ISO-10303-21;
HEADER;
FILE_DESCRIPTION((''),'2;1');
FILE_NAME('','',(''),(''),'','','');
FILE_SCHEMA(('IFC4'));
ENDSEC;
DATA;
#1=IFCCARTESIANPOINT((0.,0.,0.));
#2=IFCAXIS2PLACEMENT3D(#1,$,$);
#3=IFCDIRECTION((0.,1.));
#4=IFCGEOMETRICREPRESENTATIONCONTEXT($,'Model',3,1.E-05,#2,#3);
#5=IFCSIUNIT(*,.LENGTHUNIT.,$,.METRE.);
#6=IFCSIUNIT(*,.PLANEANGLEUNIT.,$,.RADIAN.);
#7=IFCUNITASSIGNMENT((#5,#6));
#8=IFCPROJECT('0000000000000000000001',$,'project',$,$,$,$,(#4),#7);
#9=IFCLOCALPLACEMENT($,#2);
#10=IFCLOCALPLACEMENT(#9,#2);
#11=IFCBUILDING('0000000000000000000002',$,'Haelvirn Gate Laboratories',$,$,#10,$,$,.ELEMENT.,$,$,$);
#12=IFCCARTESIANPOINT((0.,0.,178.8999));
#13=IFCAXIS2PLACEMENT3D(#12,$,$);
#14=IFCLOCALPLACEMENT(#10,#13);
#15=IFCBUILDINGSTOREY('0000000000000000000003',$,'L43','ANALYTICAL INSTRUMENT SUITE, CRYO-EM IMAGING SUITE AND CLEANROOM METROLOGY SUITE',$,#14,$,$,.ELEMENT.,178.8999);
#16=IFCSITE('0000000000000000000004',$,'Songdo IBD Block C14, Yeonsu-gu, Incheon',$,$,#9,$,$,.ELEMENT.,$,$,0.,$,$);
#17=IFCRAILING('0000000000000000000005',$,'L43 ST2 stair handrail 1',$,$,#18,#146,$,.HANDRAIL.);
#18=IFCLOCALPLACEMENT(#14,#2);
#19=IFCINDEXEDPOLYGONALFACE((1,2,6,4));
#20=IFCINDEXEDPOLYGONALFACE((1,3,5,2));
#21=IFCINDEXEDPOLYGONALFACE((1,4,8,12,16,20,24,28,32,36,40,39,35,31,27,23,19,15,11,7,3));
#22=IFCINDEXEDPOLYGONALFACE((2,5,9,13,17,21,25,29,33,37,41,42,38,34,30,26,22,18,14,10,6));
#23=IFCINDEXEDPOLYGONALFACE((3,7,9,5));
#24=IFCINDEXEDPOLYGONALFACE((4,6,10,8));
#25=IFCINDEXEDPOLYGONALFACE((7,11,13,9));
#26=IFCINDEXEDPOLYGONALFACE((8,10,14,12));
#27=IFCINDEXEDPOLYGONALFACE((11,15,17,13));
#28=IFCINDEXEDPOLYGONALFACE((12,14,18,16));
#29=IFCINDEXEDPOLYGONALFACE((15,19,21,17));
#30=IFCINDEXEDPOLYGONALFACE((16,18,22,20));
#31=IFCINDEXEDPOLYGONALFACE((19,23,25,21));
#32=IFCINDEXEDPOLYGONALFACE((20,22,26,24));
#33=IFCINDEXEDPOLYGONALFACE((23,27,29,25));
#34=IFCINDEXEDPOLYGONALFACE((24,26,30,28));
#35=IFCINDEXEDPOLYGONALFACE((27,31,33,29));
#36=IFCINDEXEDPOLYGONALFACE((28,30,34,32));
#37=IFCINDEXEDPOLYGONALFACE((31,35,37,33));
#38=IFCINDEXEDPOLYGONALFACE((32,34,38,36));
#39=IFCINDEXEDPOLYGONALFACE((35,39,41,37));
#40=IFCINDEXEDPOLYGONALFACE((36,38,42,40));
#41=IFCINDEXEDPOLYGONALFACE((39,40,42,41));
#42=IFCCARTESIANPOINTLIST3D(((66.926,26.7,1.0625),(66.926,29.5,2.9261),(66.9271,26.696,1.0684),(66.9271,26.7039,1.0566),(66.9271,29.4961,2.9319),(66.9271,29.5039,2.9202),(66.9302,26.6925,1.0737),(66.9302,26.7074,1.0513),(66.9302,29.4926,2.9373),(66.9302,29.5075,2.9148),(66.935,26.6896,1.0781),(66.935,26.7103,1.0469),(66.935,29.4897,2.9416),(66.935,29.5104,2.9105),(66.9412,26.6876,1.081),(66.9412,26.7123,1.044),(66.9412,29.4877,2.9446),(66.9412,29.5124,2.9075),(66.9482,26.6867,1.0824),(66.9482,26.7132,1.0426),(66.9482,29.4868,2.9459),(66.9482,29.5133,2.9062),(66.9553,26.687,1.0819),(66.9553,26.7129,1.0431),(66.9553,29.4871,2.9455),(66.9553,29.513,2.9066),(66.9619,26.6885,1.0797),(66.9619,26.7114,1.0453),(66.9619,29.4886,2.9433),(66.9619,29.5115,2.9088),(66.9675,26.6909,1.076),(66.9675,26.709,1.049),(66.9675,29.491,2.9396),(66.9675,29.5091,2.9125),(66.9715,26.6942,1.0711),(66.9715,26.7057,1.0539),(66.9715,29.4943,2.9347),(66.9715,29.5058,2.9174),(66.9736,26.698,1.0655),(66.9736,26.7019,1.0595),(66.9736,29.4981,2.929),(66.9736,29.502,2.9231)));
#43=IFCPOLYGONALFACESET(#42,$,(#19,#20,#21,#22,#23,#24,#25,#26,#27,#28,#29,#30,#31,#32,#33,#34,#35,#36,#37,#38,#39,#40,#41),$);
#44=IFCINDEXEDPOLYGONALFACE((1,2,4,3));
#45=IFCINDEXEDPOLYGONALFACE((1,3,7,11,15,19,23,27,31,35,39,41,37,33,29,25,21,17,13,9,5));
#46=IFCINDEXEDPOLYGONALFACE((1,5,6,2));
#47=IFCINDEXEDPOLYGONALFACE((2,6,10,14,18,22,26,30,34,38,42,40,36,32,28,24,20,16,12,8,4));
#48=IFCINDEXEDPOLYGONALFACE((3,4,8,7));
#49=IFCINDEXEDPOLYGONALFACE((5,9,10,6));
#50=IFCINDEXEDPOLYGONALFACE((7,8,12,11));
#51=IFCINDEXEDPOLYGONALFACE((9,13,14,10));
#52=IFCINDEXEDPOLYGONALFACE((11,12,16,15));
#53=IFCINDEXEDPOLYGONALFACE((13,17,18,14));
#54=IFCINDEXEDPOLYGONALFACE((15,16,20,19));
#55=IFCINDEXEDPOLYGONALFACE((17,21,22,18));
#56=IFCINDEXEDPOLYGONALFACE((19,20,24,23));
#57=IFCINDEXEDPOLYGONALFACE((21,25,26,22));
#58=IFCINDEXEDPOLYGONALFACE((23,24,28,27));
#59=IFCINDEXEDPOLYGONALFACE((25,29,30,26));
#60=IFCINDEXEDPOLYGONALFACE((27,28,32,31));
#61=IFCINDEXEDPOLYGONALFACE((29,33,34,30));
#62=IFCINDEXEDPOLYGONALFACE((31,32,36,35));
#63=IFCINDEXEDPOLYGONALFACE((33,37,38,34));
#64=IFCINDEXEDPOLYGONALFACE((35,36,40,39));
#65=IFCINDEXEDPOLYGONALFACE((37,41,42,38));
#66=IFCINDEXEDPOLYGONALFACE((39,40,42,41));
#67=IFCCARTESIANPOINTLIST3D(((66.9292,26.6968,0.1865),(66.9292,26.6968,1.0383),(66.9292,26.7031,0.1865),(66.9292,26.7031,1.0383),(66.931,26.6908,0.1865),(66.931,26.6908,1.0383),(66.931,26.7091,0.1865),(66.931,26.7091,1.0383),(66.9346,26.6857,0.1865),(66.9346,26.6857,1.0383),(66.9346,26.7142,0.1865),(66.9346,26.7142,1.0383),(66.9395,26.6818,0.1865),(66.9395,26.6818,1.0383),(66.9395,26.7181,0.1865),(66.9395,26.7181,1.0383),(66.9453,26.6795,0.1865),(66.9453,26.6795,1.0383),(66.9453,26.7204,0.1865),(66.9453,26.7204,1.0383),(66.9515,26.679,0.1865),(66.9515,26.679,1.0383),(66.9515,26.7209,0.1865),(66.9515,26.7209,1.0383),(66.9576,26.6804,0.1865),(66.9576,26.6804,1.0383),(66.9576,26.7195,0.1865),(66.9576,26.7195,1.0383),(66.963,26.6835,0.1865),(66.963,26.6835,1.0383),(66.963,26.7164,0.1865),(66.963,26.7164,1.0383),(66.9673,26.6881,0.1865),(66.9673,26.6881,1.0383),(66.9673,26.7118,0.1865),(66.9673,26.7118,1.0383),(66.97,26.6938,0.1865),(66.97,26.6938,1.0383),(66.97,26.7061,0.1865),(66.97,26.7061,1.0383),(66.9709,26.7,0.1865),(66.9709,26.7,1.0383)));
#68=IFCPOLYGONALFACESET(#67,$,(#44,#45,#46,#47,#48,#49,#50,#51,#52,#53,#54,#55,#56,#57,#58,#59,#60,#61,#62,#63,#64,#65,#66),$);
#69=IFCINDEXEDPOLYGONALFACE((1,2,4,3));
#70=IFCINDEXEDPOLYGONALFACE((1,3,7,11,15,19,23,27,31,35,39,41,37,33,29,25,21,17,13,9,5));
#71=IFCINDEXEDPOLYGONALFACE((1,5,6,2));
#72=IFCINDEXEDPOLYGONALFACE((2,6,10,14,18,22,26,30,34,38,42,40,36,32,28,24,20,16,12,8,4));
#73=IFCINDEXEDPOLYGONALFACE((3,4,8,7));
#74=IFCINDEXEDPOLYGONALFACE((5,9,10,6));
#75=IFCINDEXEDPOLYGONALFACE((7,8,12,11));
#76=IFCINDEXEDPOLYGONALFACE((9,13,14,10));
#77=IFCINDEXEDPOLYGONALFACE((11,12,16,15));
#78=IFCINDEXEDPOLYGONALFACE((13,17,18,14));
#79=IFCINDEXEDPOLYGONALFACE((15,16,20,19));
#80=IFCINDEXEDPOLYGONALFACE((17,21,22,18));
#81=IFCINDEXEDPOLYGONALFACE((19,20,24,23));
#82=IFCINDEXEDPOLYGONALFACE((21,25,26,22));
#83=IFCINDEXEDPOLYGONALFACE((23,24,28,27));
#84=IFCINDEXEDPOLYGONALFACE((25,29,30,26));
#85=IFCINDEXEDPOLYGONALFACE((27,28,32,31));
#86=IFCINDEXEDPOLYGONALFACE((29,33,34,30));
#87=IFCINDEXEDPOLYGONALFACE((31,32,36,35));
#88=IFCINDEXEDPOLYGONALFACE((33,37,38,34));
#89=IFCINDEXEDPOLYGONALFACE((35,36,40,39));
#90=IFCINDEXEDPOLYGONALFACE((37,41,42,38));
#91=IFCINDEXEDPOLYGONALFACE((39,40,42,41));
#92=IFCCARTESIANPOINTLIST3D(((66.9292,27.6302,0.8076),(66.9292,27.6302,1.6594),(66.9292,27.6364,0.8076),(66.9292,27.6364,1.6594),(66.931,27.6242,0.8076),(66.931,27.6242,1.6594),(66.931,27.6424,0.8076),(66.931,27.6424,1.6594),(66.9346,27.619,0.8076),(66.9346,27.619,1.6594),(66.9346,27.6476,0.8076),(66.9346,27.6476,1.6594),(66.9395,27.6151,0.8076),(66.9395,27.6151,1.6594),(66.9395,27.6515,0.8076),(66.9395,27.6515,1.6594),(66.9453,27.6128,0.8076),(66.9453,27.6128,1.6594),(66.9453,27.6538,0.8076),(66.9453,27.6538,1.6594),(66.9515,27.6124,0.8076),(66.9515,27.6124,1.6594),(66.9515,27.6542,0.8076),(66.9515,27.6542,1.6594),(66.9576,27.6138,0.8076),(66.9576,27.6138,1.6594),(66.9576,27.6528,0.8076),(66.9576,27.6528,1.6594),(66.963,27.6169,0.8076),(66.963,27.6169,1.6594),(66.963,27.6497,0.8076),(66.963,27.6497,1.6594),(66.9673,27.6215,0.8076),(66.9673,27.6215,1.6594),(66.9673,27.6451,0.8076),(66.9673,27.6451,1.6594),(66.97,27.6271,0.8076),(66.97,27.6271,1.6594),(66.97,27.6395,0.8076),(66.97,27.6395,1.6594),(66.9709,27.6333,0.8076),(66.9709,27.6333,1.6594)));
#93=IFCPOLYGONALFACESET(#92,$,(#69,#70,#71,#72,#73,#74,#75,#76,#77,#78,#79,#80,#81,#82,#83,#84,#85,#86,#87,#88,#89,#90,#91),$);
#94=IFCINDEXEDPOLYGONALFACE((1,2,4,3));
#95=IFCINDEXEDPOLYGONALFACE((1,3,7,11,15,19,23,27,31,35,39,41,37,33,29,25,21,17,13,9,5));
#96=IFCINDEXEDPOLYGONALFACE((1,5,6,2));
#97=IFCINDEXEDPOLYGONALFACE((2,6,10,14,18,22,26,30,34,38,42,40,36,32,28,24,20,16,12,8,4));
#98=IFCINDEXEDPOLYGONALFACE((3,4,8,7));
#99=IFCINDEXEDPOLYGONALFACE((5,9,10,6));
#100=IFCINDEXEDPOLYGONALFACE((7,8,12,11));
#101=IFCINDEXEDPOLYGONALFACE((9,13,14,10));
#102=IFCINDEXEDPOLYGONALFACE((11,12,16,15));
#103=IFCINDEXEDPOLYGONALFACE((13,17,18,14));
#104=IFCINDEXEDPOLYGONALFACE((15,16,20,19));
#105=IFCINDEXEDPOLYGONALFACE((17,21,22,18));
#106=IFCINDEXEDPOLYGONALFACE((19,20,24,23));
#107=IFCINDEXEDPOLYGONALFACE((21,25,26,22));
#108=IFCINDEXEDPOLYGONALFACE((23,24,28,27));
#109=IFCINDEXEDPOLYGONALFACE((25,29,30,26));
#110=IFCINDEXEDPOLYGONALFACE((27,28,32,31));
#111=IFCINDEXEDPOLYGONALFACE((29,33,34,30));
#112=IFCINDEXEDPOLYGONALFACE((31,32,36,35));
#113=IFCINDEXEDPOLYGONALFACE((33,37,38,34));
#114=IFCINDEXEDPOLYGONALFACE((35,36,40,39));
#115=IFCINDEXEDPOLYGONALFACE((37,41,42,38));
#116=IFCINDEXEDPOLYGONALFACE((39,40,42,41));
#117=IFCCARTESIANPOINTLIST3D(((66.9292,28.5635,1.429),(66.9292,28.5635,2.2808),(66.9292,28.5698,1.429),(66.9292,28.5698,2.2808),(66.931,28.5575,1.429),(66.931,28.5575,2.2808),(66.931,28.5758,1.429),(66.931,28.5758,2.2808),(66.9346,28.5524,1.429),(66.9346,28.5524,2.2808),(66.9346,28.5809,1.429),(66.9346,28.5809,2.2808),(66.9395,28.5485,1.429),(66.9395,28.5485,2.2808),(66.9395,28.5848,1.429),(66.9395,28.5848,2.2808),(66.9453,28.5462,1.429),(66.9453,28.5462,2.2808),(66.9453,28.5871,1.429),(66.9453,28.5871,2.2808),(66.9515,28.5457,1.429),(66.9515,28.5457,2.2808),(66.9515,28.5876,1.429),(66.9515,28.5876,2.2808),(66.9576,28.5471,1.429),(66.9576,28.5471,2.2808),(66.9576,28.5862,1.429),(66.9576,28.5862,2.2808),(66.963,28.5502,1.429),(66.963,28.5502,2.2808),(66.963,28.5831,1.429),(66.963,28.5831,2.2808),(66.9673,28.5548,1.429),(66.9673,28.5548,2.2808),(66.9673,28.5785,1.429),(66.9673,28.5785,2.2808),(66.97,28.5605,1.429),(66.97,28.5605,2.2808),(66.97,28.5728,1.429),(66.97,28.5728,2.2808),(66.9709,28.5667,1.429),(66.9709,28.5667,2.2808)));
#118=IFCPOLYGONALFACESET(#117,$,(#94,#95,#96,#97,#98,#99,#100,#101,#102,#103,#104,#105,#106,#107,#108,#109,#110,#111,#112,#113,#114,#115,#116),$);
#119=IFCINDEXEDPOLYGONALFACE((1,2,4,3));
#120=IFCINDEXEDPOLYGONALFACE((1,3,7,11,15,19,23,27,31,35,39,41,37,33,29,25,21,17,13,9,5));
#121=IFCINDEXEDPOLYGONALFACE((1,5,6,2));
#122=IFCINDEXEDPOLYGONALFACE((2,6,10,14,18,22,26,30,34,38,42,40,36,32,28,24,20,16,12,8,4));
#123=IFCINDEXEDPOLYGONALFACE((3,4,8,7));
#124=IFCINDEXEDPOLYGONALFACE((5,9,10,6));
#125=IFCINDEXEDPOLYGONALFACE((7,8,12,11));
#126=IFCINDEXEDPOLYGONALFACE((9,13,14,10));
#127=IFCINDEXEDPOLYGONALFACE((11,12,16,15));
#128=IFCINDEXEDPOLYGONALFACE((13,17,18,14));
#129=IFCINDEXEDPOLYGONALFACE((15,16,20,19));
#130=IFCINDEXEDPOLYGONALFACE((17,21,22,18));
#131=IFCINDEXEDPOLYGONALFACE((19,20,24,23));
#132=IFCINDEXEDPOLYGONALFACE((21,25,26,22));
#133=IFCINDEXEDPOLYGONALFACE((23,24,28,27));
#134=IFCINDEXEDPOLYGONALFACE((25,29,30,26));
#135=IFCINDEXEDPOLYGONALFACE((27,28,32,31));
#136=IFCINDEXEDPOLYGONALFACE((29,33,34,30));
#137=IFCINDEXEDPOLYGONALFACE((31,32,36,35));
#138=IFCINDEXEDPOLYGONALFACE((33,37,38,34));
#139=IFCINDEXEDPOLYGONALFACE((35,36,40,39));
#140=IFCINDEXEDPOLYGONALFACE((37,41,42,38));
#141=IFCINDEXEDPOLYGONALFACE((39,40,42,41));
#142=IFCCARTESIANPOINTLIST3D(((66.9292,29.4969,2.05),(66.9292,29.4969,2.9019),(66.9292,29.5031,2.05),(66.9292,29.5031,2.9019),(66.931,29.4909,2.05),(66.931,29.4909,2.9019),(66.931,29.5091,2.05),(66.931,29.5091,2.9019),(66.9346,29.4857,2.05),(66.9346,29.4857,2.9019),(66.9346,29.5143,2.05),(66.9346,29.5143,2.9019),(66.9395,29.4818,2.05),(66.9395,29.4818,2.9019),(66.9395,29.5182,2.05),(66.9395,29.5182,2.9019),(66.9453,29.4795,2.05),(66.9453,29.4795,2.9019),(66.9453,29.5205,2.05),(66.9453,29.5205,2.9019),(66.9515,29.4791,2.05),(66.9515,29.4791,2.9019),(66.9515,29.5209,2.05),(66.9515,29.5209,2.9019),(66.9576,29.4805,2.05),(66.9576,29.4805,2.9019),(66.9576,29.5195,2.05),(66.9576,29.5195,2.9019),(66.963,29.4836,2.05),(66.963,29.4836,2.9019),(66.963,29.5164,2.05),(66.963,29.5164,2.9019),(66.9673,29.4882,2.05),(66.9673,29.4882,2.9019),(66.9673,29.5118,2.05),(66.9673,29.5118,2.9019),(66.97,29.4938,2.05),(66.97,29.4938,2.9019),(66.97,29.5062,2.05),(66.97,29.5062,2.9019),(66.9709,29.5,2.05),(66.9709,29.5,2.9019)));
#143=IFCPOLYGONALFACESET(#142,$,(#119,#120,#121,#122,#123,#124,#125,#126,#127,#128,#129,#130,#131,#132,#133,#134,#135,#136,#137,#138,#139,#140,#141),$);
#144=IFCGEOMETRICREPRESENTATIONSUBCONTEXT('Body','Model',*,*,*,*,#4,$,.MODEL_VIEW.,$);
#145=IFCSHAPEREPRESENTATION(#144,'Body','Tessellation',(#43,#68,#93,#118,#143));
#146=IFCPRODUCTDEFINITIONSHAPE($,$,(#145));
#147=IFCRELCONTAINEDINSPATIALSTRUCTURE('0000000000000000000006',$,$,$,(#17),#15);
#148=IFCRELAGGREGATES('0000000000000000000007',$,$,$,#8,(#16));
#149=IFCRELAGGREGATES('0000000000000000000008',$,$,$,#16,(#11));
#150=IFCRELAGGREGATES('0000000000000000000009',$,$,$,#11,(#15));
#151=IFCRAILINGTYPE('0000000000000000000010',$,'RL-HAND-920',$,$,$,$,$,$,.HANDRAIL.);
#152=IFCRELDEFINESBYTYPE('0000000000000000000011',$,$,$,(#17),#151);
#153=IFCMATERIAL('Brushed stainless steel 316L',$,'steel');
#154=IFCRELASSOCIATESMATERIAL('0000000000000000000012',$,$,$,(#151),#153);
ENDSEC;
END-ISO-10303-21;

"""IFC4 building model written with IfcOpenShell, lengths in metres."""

from ifc_helpers import new_model, si_unit, direction, frame, origin, origin_2d, place, context, subcontext, project, spatial, circle, extrude, source, transform, mapped, material, type_object, element, save


model = new_model("IFC4")

# Units and contexts
model_context = context("Model", 3, precision=1e-05, world=origin(), true_north=direction((0.0, 1.0)))
body_context = subcontext(model_context, "Body", "Model", "MODEL_VIEW")
ifc_project = project(units=[si_unit("LENGTHUNIT", "METRE"), si_unit("PLANEANGLEUNIT", "RADIAN")], contexts=[model_context])

# Site, building, storey
site_placement = place(None, origin())
site = spatial("IfcSite", under=ifc_project, at=site_placement, Name="Songdo IBD Block C14, Yeonsu-gu, Incheon", CompositionType="ELEMENT", RefElevation=0.0)
building_placement = place(site_placement, origin())
building = spatial("IfcBuilding", under=site, at=building_placement, Name="Haelvirn Gate Laboratories", CompositionType="ELEMENT")
storey_placement = place(building_placement, frame((0.0, 0.0, 178.8999)))
storey = spatial("IfcBuildingStorey", under=building, at=storey_placement, Name="L43", Description="ANALYTICAL INSTRUMENT SUITE, CRYO-EM IMAGING SUITE AND CLEANROOM METROLOGY SUITE", CompositionType="ELEMENT", Elevation=178.8999)

# Railing
ifc_material_1 = material(Name="Brushed stainless steel 316L", Category="steel")
railing_type_1 = type_object("IfcRailingType", Name="RL-HAND-920", PredefinedType="HANDRAIL", material=ifc_material_1)
shared_shape_1 = source(origin(), body_context, "Body", "SweptSolid", [
    extrude(circle(Radius=0.0239, at=origin_2d()), frame((0.0, 0.0, 0.876), z_axis=(0.0, 0.832486, 0.554047), x_axis=(-1.0, 0.0, 0.0)), (0.0, 0.0, 1.0), 3.3635),
    extrude(circle(Radius=0.021, at=origin_2d()), origin(), (0.0, 0.0, 1.0), 0.8518),
    extrude(circle(Radius=0.021, at=origin_2d()), frame((0.0, 0.9333, 0.6211)), (0.0, 0.0, 1.0), 0.8518),
    extrude(circle(Radius=0.021, at=origin_2d()), frame((0.0, 1.8667, 1.2424)), (0.0, 0.0, 1.0), 0.8518),
    extrude(circle(Radius=0.021, at=origin_2d()), frame((0.0, 2.8, 1.8635)), (0.0, 0.0, 1.0), 0.8518),
])
railing_1_placement = place(storey_placement, frame((66.95, 26.7, 0.1865)))
element("IfcRailing", 1, at=railing_1_placement, inside=storey, type_object=railing_type_1, Name="L43 ST2 stair handrail 1", PredefinedType="HANDRAIL", context=body_context, shape_type="MappedRepresentation", body=[
    mapped(shared_shape_1, transform((0.0, 0.0, 0.0), scale=1.0)),
])

save(model, "model.ifc")
